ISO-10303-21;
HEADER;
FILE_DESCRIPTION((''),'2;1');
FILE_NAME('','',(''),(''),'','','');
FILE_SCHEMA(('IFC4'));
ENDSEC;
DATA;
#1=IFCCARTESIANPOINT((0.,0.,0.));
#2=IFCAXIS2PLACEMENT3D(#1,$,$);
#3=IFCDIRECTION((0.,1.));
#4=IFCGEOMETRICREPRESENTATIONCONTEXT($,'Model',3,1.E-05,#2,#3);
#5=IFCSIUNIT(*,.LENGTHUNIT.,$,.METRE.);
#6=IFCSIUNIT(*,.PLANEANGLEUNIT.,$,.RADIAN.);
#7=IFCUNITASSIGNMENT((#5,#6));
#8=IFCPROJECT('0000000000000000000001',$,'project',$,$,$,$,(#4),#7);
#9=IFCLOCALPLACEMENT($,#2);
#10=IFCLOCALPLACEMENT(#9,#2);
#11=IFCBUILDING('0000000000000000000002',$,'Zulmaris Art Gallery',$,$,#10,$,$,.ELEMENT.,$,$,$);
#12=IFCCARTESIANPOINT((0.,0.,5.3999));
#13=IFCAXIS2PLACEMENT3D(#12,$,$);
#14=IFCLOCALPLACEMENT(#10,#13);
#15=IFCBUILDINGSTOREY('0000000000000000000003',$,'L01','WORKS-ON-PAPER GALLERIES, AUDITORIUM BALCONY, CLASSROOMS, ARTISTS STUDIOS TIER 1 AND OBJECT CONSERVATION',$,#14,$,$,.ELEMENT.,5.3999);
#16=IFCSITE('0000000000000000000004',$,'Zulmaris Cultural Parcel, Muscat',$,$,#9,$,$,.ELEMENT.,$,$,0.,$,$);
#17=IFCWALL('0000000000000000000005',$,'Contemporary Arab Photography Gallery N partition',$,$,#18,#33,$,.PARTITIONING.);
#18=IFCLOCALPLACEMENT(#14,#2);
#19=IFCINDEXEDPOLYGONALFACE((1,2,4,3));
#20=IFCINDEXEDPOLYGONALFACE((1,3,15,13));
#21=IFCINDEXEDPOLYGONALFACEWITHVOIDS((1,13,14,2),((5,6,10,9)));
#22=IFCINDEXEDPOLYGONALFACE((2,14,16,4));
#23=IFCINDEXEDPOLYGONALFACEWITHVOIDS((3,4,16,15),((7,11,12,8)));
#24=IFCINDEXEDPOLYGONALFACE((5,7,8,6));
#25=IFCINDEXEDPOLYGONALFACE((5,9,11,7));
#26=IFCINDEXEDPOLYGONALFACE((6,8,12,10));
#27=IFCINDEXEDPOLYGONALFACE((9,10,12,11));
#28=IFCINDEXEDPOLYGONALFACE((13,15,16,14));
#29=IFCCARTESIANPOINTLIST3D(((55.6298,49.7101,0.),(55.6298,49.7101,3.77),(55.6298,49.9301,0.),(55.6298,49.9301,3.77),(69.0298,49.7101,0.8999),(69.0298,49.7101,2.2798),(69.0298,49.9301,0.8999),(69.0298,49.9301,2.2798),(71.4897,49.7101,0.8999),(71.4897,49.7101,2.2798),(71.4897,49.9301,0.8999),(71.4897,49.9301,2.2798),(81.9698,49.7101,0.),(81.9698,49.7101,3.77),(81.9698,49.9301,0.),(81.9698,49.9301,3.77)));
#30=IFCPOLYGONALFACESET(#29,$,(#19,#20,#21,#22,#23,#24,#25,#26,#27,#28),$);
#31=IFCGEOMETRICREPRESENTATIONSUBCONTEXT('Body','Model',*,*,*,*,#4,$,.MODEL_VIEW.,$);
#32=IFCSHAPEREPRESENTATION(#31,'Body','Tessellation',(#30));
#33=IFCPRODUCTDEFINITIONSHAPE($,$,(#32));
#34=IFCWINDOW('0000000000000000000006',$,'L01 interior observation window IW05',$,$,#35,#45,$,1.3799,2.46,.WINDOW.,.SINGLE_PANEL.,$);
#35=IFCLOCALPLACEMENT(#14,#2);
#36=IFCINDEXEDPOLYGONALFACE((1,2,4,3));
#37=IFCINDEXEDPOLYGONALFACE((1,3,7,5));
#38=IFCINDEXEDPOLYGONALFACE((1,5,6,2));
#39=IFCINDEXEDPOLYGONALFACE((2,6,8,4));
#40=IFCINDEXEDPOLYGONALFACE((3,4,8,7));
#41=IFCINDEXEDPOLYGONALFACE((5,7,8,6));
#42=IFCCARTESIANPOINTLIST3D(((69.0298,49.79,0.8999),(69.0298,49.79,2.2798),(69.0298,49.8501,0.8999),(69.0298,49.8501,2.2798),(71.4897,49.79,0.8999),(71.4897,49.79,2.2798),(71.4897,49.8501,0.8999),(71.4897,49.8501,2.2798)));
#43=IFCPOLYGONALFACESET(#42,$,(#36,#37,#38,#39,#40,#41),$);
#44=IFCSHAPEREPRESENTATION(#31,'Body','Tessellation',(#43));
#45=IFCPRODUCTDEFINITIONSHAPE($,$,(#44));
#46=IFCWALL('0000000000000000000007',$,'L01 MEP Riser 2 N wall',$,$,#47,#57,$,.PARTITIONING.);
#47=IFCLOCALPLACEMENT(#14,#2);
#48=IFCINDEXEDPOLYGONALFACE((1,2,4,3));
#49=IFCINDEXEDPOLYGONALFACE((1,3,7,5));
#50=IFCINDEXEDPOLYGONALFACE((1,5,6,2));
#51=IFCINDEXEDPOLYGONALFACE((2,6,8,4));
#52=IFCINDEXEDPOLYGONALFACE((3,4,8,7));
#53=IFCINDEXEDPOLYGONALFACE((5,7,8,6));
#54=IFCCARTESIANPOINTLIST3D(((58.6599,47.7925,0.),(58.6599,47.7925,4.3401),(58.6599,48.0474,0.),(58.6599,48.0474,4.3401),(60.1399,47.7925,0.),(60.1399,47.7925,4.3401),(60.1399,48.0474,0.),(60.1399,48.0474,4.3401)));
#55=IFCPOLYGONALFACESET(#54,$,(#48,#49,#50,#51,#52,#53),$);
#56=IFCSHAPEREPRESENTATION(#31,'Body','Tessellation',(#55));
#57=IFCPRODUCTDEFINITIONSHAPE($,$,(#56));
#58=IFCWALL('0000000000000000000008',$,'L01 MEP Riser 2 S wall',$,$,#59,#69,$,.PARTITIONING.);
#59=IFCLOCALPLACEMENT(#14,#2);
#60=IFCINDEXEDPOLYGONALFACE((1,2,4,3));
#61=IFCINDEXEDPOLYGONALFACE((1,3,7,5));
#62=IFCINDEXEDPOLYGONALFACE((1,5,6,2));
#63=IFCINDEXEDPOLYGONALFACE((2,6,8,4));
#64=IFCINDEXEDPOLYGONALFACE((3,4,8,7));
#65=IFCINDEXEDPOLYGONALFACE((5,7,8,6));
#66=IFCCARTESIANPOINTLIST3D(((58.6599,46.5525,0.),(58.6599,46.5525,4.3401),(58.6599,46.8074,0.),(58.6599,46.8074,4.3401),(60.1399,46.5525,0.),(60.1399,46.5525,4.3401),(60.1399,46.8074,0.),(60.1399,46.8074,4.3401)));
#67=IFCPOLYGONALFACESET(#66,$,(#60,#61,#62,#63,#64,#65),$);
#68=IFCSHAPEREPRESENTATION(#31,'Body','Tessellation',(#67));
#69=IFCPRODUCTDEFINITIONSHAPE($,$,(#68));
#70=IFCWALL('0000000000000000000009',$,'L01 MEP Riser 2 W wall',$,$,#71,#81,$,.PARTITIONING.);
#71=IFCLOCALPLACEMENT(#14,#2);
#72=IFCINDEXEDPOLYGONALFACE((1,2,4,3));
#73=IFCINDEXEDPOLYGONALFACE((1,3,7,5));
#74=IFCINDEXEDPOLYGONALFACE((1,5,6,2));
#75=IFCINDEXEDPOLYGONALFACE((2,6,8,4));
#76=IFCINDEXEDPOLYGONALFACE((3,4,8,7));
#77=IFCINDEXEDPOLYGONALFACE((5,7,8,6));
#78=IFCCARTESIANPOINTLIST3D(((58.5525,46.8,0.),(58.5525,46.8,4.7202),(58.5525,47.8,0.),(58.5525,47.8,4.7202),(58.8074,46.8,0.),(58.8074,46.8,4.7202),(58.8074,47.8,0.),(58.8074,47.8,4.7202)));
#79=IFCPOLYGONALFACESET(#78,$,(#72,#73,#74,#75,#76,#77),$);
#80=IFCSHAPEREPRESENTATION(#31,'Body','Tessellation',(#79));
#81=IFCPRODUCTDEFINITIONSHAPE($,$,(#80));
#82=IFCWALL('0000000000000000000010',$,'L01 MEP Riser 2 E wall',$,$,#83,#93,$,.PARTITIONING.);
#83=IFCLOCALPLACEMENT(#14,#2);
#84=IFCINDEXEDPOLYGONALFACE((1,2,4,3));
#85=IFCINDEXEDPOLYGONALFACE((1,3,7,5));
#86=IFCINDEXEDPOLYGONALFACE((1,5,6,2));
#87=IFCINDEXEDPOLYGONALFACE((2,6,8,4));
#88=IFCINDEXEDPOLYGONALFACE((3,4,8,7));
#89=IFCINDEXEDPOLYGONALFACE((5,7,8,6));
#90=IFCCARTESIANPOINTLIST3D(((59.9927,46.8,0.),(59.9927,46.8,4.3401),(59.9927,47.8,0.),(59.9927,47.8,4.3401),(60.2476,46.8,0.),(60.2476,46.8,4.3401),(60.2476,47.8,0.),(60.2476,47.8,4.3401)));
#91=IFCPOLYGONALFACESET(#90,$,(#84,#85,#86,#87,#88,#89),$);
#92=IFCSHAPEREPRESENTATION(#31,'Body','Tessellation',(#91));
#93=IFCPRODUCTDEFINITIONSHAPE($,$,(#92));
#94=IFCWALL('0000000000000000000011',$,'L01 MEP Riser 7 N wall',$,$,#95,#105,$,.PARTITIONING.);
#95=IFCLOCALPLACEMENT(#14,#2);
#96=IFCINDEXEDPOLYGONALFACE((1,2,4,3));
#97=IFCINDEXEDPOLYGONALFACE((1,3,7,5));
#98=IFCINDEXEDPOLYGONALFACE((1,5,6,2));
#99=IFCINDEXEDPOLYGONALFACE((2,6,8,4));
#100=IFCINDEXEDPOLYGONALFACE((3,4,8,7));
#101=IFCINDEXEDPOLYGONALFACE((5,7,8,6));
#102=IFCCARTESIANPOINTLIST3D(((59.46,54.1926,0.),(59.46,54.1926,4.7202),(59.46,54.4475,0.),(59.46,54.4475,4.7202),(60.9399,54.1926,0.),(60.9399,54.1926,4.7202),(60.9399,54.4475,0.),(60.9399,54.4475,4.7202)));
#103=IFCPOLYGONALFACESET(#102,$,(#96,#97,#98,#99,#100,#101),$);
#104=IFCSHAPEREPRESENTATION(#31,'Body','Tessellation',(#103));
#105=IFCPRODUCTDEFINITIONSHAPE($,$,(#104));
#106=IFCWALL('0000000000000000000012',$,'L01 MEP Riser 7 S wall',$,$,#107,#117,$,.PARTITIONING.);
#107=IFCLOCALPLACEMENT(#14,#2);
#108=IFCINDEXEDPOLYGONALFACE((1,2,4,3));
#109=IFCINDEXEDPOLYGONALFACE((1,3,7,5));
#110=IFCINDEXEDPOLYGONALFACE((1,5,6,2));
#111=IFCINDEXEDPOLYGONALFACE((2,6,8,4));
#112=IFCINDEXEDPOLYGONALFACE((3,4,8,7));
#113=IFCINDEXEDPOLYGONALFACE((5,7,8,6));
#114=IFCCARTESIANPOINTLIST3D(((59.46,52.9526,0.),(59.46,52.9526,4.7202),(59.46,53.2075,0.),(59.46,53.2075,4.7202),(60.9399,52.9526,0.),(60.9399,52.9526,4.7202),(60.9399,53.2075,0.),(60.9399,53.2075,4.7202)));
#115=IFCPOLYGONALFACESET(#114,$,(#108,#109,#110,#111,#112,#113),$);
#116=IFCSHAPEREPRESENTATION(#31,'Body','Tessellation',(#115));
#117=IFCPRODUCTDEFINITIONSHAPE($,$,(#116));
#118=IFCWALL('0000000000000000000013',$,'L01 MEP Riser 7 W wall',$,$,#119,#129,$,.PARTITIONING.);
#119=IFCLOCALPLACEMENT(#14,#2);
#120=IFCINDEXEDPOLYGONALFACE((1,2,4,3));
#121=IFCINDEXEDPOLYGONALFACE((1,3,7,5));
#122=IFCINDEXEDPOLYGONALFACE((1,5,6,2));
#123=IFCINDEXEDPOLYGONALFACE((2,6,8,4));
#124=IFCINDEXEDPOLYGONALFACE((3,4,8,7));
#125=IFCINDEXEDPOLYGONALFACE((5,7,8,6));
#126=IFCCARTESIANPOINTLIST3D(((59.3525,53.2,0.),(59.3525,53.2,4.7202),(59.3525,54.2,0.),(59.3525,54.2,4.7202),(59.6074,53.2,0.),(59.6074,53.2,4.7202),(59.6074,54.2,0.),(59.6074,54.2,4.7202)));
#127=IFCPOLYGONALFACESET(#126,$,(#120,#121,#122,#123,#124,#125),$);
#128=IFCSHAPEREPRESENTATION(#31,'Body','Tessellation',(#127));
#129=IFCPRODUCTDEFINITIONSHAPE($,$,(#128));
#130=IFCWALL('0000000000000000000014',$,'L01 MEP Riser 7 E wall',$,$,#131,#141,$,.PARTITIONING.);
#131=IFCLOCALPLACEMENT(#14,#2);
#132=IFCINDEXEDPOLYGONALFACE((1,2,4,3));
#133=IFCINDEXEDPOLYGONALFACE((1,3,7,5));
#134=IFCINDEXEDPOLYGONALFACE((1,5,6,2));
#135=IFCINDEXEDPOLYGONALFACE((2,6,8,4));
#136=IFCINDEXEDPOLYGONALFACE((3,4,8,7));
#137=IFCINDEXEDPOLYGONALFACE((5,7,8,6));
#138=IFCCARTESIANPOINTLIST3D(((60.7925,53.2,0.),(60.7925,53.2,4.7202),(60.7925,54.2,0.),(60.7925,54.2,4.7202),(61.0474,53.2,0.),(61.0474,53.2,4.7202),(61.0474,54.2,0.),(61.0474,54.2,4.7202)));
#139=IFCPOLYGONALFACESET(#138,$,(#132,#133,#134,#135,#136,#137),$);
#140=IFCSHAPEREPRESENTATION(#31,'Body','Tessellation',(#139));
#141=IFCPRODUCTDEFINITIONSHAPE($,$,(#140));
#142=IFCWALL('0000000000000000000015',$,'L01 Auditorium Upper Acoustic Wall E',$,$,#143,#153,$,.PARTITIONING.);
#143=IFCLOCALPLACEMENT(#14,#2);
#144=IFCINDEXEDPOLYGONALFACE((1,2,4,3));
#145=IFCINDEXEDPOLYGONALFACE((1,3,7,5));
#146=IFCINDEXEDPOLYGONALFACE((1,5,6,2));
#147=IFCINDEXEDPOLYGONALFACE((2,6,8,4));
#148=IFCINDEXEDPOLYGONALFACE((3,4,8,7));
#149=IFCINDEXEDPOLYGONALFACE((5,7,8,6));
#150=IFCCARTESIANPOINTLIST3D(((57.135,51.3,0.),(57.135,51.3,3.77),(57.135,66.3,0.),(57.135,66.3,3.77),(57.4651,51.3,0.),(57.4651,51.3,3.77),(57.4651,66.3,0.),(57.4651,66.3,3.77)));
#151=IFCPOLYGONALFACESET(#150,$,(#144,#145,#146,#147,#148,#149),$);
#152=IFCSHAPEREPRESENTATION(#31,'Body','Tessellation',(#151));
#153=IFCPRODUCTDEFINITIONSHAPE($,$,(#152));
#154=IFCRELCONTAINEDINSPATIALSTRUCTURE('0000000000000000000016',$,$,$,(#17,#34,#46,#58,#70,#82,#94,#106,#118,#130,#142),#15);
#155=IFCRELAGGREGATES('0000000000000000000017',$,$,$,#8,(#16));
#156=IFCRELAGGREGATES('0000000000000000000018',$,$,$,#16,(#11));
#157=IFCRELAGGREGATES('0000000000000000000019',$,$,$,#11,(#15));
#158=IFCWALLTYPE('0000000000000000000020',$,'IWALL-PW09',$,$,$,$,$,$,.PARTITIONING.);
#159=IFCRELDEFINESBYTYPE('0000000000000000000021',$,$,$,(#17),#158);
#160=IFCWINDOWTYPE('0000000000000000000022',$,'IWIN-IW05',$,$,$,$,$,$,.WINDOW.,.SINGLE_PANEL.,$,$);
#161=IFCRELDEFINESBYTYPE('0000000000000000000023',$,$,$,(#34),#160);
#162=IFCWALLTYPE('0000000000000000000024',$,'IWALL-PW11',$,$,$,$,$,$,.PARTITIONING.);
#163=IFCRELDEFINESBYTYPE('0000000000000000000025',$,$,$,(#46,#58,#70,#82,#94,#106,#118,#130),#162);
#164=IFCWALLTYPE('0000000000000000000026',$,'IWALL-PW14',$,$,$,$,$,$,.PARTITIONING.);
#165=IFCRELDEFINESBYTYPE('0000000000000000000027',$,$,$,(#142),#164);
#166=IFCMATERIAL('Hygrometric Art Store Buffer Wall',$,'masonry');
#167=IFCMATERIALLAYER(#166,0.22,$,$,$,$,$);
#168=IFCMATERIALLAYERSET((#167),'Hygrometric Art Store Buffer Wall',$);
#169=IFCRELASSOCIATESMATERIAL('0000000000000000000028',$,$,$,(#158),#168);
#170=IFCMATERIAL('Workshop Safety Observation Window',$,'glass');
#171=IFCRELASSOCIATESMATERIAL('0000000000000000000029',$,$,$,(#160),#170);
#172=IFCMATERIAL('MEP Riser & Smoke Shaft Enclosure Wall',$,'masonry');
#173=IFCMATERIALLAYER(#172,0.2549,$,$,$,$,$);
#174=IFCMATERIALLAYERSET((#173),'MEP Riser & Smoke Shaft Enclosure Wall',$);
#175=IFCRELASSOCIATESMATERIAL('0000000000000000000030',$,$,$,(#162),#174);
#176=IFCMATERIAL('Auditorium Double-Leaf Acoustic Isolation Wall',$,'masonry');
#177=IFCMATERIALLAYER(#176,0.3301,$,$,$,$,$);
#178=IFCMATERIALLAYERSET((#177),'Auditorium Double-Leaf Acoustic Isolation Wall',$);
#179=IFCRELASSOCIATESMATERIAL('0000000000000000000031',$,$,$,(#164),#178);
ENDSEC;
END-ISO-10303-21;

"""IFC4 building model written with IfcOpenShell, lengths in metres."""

from ifc_helpers import new_model, si_unit, direction, frame, frame_2d, origin, place, context, subcontext, project, spatial, rectangle, extrude, material, layer, layer_set, type_object, element, fill, save


model = new_model("IFC4")

# Units and contexts
model_context = context("Model", 3, precision=1e-05, world=origin(), true_north=direction((0.0, 1.0)))
body_context = subcontext(model_context, "Body", "Model", "MODEL_VIEW")
ifc_project = project(units=[si_unit("LENGTHUNIT", "METRE"), si_unit("PLANEANGLEUNIT", "RADIAN")], contexts=[model_context])

# Site, building, storey
site_placement = place(None, origin())
site = spatial("IfcSite", under=ifc_project, at=site_placement, Name="Zulmaris Cultural Parcel, Muscat", CompositionType="ELEMENT", RefElevation=0.0)
building_placement = place(site_placement, origin())
building = spatial("IfcBuilding", under=site, at=building_placement, Name="Zulmaris Art Gallery", CompositionType="ELEMENT")
storey_placement = place(building_placement, frame((0.0, 0.0, 5.3999)))
storey = spatial("IfcBuildingStorey", under=building, at=storey_placement, Name="L01", Description="WORKS-ON-PAPER GALLERIES, AUDITORIUM BALCONY, CLASSROOMS, ARTISTS STUDIOS TIER 1 AND OBJECT CONSERVATION", CompositionType="ELEMENT", Elevation=5.3999)

# Wall, opening, window
ifc_material_1 = material(Name="Hygrometric Art Store Buffer Wall", Category="masonry")
ifc_layer_1 = layer(ifc_material_1, 0.22)
ifc_layer_set_1 = layer_set([ifc_layer_1], Name="Hygrometric Art Store Buffer Wall")
wall_type_1 = type_object("IfcWallType", Name="IWALL-PW09", PredefinedType="PARTITIONING", material=ifc_layer_set_1)
wall_1_placement = place(storey_placement, frame((55.6299, 49.8201, 0.0), z_axis=(0.0, 0.0, 1.0), x_axis=(1.0, 0.0, 0.0)))
wall_1 = element("IfcWall", 1, at=wall_1_placement, inside=storey, type_object=wall_type_1, Name="Contemporary Arab Photography Gallery N partition", PredefinedType="PARTITIONING", context=body_context, shape_type="SweptSolid", body=[
    extrude(rectangle(XDim=26.3401, YDim=0.22, at=frame_2d((13.1699, 0.0))), origin(), (0.0, 0.0, 1.0), 3.77),
])
opening_1_placement = place(wall_1_placement, frame((13.3999, 0.0, 0.8999)))
opening_1 = element("IfcOpeningElement", 2, at=opening_1_placement, cuts=wall_1, PredefinedType="OPENING", context=body_context, shape_type="SweptSolid", body=[
    extrude(rectangle(XDim=2.46, YDim=1.3799, at=frame_2d((1.23, 0.6899))), frame((0.0, 0.1199, 0.0), z_axis=(0.0, -1.0, 0.0), x_axis=(1.0, 0.0, 0.0)), (0.0, 0.0, 1.0), 0.24),
])
ifc_material_2 = material(Name="Workshop Safety Observation Window", Category="glass")
window_type_1 = type_object("IfcWindowType", Name="IWIN-IW05", PartitioningType="SINGLE_PANEL", PredefinedType="WINDOW", material=ifc_material_2)
window_1_placement = place(opening_1_placement, origin())
window_1 = element("IfcWindow", 3, at=window_1_placement, inside=storey, type_object=window_type_1, Name="L01 interior observation window IW05", OverallHeight=1.3799, OverallWidth=2.46, PartitioningType="SINGLE_PANEL", PredefinedType="WINDOW", context=body_context, shape_type="SweptSolid", body=[
    extrude(rectangle(XDim=2.46, YDim=1.3799, at=frame_2d((1.23, 0.6899))), frame((0.0, 0.03, 0.0), z_axis=(0.0, -1.0, 0.0), x_axis=(1.0, 0.0, 0.0)), (0.0, 0.0, 1.0), 0.0601),
])
fill(opening_1, window_1)

# Walls
ifc_material_3 = material(Name="MEP Riser & Smoke Shaft Enclosure Wall", Category="masonry")
ifc_layer_2 = layer(ifc_material_3, 0.2549)
ifc_layer_set_2 = layer_set([ifc_layer_2], Name="MEP Riser & Smoke Shaft Enclosure Wall")
wall_type_2 = type_object("IfcWallType", Name="IWALL-PW11", PredefinedType="PARTITIONING", material=ifc_layer_set_2)
for number, where, z_axis, x_axis, name in (
    (4, (58.6599, 47.9199, 0.0), (0.0, 0.0, 1.0), (1.0, 0.0, 0.0), "L01 MEP Riser 2 N wall"),
    (5, (58.6599, 46.6799, 0.0), (0.0, 0.0, 1.0), (1.0, 0.0, 0.0), "L01 MEP Riser 2 S wall"),
):
    element("IfcWall", number, at=place(storey_placement, frame(where, z_axis=z_axis, x_axis=x_axis)), inside=storey, type_object=wall_type_2, Name=name, PredefinedType="PARTITIONING", context=body_context, shape_type="SweptSolid", body=[
        extrude(rectangle(XDim=1.48, YDim=0.2549, at=frame_2d((0.74, 0.0))), origin(), (0.0, 0.0, 1.0), 4.3401),
    ])
wall_2_placement = place(storey_placement, frame((58.6799, 46.8, 0.0), z_axis=(0.0, 0.0, 1.0), x_axis=(0.0, 1.0, 0.0)))
element("IfcWall", 6, at=wall_2_placement, inside=storey, type_object=wall_type_2, Name="L01 MEP Riser 2 W wall", PredefinedType="PARTITIONING", context=body_context, shape_type="SweptSolid", body=[
    extrude(rectangle(XDim=1.0, YDim=0.2549, at=frame_2d((0.5, 0.0))), origin(), (0.0, 0.0, 1.0), 4.7202),
])
wall_3_placement = place(storey_placement, frame((60.1201, 46.8, 0.0), z_axis=(0.0, 0.0, 1.0), x_axis=(0.0, 1.0, 0.0)))
element("IfcWall", 7, at=wall_3_placement, inside=storey, type_object=wall_type_2, Name="L01 MEP Riser 2 E wall", PredefinedType="PARTITIONING", context=body_context, shape_type="SweptSolid", body=[
    extrude(rectangle(XDim=1.0, YDim=0.2549, at=frame_2d((0.5, 0.0))), origin(), (0.0, 0.0, 1.0), 4.3401),
])
for number, where, z_axis, x_axis, name in (
    (8, (59.46, 54.3201, 0.0), (0.0, 0.0, 1.0), (1.0, 0.0, 0.0), "L01 MEP Riser 7 N wall"),
    (9, (59.46, 53.0801, 0.0), (0.0, 0.0, 1.0), (1.0, 0.0, 0.0), "L01 MEP Riser 7 S wall"),
):
    element("IfcWall", number, at=place(storey_placement, frame(where, z_axis=z_axis, x_axis=x_axis)), inside=storey, type_object=wall_type_2, Name=name, PredefinedType="PARTITIONING", context=body_context, shape_type="SweptSolid", body=[
        extrude(rectangle(XDim=1.48, YDim=0.2549, at=frame_2d((0.74, 0.0))), origin(), (0.0, 0.0, 1.0), 4.7202),
    ])
for number, where, z_axis, x_axis, name in (
    (10, (59.48, 53.2, 0.0), (0.0, 0.0, 1.0), (0.0, 1.0, 0.0), "L01 MEP Riser 7 W wall"),
    (11, (60.9199, 53.2, 0.0), (0.0, 0.0, 1.0), (0.0, 1.0, 0.0), "L01 MEP Riser 7 E wall"),
):
    element("IfcWall", number, at=place(storey_placement, frame(where, z_axis=z_axis, x_axis=x_axis)), inside=storey, type_object=wall_type_2, Name=name, PredefinedType="PARTITIONING", context=body_context, shape_type="SweptSolid", body=[
        extrude(rectangle(XDim=1.0, YDim=0.2549, at=frame_2d((0.5, 0.0))), origin(), (0.0, 0.0, 1.0), 4.7202),
    ])
ifc_material_4 = material(Name="Auditorium Double-Leaf Acoustic Isolation Wall", Category="masonry")
ifc_layer_3 = layer(ifc_material_4, 0.3301)
ifc_layer_set_3 = layer_set([ifc_layer_3], Name="Auditorium Double-Leaf Acoustic Isolation Wall")
wall_type_3 = type_object("IfcWallType", Name="IWALL-PW14", PredefinedType="PARTITIONING", material=ifc_layer_set_3)
wall_4_placement = place(storey_placement, frame((57.3, 51.3, 0.0), z_axis=(0.0, 0.0, 1.0), x_axis=(0.0, 1.0, 0.0)))
element("IfcWall", 12, at=wall_4_placement, inside=storey, type_object=wall_type_3, Name="L01 Auditorium Upper Acoustic Wall E", PredefinedType="PARTITIONING", context=body_context, shape_type="SweptSolid", body=[
    extrude(rectangle(XDim=15.0, YDim=0.3301, at=frame_2d((7.5, 0.0))), origin(), (0.0, 0.0, 1.0), 3.77),
])

save(model, "model.ifc")
